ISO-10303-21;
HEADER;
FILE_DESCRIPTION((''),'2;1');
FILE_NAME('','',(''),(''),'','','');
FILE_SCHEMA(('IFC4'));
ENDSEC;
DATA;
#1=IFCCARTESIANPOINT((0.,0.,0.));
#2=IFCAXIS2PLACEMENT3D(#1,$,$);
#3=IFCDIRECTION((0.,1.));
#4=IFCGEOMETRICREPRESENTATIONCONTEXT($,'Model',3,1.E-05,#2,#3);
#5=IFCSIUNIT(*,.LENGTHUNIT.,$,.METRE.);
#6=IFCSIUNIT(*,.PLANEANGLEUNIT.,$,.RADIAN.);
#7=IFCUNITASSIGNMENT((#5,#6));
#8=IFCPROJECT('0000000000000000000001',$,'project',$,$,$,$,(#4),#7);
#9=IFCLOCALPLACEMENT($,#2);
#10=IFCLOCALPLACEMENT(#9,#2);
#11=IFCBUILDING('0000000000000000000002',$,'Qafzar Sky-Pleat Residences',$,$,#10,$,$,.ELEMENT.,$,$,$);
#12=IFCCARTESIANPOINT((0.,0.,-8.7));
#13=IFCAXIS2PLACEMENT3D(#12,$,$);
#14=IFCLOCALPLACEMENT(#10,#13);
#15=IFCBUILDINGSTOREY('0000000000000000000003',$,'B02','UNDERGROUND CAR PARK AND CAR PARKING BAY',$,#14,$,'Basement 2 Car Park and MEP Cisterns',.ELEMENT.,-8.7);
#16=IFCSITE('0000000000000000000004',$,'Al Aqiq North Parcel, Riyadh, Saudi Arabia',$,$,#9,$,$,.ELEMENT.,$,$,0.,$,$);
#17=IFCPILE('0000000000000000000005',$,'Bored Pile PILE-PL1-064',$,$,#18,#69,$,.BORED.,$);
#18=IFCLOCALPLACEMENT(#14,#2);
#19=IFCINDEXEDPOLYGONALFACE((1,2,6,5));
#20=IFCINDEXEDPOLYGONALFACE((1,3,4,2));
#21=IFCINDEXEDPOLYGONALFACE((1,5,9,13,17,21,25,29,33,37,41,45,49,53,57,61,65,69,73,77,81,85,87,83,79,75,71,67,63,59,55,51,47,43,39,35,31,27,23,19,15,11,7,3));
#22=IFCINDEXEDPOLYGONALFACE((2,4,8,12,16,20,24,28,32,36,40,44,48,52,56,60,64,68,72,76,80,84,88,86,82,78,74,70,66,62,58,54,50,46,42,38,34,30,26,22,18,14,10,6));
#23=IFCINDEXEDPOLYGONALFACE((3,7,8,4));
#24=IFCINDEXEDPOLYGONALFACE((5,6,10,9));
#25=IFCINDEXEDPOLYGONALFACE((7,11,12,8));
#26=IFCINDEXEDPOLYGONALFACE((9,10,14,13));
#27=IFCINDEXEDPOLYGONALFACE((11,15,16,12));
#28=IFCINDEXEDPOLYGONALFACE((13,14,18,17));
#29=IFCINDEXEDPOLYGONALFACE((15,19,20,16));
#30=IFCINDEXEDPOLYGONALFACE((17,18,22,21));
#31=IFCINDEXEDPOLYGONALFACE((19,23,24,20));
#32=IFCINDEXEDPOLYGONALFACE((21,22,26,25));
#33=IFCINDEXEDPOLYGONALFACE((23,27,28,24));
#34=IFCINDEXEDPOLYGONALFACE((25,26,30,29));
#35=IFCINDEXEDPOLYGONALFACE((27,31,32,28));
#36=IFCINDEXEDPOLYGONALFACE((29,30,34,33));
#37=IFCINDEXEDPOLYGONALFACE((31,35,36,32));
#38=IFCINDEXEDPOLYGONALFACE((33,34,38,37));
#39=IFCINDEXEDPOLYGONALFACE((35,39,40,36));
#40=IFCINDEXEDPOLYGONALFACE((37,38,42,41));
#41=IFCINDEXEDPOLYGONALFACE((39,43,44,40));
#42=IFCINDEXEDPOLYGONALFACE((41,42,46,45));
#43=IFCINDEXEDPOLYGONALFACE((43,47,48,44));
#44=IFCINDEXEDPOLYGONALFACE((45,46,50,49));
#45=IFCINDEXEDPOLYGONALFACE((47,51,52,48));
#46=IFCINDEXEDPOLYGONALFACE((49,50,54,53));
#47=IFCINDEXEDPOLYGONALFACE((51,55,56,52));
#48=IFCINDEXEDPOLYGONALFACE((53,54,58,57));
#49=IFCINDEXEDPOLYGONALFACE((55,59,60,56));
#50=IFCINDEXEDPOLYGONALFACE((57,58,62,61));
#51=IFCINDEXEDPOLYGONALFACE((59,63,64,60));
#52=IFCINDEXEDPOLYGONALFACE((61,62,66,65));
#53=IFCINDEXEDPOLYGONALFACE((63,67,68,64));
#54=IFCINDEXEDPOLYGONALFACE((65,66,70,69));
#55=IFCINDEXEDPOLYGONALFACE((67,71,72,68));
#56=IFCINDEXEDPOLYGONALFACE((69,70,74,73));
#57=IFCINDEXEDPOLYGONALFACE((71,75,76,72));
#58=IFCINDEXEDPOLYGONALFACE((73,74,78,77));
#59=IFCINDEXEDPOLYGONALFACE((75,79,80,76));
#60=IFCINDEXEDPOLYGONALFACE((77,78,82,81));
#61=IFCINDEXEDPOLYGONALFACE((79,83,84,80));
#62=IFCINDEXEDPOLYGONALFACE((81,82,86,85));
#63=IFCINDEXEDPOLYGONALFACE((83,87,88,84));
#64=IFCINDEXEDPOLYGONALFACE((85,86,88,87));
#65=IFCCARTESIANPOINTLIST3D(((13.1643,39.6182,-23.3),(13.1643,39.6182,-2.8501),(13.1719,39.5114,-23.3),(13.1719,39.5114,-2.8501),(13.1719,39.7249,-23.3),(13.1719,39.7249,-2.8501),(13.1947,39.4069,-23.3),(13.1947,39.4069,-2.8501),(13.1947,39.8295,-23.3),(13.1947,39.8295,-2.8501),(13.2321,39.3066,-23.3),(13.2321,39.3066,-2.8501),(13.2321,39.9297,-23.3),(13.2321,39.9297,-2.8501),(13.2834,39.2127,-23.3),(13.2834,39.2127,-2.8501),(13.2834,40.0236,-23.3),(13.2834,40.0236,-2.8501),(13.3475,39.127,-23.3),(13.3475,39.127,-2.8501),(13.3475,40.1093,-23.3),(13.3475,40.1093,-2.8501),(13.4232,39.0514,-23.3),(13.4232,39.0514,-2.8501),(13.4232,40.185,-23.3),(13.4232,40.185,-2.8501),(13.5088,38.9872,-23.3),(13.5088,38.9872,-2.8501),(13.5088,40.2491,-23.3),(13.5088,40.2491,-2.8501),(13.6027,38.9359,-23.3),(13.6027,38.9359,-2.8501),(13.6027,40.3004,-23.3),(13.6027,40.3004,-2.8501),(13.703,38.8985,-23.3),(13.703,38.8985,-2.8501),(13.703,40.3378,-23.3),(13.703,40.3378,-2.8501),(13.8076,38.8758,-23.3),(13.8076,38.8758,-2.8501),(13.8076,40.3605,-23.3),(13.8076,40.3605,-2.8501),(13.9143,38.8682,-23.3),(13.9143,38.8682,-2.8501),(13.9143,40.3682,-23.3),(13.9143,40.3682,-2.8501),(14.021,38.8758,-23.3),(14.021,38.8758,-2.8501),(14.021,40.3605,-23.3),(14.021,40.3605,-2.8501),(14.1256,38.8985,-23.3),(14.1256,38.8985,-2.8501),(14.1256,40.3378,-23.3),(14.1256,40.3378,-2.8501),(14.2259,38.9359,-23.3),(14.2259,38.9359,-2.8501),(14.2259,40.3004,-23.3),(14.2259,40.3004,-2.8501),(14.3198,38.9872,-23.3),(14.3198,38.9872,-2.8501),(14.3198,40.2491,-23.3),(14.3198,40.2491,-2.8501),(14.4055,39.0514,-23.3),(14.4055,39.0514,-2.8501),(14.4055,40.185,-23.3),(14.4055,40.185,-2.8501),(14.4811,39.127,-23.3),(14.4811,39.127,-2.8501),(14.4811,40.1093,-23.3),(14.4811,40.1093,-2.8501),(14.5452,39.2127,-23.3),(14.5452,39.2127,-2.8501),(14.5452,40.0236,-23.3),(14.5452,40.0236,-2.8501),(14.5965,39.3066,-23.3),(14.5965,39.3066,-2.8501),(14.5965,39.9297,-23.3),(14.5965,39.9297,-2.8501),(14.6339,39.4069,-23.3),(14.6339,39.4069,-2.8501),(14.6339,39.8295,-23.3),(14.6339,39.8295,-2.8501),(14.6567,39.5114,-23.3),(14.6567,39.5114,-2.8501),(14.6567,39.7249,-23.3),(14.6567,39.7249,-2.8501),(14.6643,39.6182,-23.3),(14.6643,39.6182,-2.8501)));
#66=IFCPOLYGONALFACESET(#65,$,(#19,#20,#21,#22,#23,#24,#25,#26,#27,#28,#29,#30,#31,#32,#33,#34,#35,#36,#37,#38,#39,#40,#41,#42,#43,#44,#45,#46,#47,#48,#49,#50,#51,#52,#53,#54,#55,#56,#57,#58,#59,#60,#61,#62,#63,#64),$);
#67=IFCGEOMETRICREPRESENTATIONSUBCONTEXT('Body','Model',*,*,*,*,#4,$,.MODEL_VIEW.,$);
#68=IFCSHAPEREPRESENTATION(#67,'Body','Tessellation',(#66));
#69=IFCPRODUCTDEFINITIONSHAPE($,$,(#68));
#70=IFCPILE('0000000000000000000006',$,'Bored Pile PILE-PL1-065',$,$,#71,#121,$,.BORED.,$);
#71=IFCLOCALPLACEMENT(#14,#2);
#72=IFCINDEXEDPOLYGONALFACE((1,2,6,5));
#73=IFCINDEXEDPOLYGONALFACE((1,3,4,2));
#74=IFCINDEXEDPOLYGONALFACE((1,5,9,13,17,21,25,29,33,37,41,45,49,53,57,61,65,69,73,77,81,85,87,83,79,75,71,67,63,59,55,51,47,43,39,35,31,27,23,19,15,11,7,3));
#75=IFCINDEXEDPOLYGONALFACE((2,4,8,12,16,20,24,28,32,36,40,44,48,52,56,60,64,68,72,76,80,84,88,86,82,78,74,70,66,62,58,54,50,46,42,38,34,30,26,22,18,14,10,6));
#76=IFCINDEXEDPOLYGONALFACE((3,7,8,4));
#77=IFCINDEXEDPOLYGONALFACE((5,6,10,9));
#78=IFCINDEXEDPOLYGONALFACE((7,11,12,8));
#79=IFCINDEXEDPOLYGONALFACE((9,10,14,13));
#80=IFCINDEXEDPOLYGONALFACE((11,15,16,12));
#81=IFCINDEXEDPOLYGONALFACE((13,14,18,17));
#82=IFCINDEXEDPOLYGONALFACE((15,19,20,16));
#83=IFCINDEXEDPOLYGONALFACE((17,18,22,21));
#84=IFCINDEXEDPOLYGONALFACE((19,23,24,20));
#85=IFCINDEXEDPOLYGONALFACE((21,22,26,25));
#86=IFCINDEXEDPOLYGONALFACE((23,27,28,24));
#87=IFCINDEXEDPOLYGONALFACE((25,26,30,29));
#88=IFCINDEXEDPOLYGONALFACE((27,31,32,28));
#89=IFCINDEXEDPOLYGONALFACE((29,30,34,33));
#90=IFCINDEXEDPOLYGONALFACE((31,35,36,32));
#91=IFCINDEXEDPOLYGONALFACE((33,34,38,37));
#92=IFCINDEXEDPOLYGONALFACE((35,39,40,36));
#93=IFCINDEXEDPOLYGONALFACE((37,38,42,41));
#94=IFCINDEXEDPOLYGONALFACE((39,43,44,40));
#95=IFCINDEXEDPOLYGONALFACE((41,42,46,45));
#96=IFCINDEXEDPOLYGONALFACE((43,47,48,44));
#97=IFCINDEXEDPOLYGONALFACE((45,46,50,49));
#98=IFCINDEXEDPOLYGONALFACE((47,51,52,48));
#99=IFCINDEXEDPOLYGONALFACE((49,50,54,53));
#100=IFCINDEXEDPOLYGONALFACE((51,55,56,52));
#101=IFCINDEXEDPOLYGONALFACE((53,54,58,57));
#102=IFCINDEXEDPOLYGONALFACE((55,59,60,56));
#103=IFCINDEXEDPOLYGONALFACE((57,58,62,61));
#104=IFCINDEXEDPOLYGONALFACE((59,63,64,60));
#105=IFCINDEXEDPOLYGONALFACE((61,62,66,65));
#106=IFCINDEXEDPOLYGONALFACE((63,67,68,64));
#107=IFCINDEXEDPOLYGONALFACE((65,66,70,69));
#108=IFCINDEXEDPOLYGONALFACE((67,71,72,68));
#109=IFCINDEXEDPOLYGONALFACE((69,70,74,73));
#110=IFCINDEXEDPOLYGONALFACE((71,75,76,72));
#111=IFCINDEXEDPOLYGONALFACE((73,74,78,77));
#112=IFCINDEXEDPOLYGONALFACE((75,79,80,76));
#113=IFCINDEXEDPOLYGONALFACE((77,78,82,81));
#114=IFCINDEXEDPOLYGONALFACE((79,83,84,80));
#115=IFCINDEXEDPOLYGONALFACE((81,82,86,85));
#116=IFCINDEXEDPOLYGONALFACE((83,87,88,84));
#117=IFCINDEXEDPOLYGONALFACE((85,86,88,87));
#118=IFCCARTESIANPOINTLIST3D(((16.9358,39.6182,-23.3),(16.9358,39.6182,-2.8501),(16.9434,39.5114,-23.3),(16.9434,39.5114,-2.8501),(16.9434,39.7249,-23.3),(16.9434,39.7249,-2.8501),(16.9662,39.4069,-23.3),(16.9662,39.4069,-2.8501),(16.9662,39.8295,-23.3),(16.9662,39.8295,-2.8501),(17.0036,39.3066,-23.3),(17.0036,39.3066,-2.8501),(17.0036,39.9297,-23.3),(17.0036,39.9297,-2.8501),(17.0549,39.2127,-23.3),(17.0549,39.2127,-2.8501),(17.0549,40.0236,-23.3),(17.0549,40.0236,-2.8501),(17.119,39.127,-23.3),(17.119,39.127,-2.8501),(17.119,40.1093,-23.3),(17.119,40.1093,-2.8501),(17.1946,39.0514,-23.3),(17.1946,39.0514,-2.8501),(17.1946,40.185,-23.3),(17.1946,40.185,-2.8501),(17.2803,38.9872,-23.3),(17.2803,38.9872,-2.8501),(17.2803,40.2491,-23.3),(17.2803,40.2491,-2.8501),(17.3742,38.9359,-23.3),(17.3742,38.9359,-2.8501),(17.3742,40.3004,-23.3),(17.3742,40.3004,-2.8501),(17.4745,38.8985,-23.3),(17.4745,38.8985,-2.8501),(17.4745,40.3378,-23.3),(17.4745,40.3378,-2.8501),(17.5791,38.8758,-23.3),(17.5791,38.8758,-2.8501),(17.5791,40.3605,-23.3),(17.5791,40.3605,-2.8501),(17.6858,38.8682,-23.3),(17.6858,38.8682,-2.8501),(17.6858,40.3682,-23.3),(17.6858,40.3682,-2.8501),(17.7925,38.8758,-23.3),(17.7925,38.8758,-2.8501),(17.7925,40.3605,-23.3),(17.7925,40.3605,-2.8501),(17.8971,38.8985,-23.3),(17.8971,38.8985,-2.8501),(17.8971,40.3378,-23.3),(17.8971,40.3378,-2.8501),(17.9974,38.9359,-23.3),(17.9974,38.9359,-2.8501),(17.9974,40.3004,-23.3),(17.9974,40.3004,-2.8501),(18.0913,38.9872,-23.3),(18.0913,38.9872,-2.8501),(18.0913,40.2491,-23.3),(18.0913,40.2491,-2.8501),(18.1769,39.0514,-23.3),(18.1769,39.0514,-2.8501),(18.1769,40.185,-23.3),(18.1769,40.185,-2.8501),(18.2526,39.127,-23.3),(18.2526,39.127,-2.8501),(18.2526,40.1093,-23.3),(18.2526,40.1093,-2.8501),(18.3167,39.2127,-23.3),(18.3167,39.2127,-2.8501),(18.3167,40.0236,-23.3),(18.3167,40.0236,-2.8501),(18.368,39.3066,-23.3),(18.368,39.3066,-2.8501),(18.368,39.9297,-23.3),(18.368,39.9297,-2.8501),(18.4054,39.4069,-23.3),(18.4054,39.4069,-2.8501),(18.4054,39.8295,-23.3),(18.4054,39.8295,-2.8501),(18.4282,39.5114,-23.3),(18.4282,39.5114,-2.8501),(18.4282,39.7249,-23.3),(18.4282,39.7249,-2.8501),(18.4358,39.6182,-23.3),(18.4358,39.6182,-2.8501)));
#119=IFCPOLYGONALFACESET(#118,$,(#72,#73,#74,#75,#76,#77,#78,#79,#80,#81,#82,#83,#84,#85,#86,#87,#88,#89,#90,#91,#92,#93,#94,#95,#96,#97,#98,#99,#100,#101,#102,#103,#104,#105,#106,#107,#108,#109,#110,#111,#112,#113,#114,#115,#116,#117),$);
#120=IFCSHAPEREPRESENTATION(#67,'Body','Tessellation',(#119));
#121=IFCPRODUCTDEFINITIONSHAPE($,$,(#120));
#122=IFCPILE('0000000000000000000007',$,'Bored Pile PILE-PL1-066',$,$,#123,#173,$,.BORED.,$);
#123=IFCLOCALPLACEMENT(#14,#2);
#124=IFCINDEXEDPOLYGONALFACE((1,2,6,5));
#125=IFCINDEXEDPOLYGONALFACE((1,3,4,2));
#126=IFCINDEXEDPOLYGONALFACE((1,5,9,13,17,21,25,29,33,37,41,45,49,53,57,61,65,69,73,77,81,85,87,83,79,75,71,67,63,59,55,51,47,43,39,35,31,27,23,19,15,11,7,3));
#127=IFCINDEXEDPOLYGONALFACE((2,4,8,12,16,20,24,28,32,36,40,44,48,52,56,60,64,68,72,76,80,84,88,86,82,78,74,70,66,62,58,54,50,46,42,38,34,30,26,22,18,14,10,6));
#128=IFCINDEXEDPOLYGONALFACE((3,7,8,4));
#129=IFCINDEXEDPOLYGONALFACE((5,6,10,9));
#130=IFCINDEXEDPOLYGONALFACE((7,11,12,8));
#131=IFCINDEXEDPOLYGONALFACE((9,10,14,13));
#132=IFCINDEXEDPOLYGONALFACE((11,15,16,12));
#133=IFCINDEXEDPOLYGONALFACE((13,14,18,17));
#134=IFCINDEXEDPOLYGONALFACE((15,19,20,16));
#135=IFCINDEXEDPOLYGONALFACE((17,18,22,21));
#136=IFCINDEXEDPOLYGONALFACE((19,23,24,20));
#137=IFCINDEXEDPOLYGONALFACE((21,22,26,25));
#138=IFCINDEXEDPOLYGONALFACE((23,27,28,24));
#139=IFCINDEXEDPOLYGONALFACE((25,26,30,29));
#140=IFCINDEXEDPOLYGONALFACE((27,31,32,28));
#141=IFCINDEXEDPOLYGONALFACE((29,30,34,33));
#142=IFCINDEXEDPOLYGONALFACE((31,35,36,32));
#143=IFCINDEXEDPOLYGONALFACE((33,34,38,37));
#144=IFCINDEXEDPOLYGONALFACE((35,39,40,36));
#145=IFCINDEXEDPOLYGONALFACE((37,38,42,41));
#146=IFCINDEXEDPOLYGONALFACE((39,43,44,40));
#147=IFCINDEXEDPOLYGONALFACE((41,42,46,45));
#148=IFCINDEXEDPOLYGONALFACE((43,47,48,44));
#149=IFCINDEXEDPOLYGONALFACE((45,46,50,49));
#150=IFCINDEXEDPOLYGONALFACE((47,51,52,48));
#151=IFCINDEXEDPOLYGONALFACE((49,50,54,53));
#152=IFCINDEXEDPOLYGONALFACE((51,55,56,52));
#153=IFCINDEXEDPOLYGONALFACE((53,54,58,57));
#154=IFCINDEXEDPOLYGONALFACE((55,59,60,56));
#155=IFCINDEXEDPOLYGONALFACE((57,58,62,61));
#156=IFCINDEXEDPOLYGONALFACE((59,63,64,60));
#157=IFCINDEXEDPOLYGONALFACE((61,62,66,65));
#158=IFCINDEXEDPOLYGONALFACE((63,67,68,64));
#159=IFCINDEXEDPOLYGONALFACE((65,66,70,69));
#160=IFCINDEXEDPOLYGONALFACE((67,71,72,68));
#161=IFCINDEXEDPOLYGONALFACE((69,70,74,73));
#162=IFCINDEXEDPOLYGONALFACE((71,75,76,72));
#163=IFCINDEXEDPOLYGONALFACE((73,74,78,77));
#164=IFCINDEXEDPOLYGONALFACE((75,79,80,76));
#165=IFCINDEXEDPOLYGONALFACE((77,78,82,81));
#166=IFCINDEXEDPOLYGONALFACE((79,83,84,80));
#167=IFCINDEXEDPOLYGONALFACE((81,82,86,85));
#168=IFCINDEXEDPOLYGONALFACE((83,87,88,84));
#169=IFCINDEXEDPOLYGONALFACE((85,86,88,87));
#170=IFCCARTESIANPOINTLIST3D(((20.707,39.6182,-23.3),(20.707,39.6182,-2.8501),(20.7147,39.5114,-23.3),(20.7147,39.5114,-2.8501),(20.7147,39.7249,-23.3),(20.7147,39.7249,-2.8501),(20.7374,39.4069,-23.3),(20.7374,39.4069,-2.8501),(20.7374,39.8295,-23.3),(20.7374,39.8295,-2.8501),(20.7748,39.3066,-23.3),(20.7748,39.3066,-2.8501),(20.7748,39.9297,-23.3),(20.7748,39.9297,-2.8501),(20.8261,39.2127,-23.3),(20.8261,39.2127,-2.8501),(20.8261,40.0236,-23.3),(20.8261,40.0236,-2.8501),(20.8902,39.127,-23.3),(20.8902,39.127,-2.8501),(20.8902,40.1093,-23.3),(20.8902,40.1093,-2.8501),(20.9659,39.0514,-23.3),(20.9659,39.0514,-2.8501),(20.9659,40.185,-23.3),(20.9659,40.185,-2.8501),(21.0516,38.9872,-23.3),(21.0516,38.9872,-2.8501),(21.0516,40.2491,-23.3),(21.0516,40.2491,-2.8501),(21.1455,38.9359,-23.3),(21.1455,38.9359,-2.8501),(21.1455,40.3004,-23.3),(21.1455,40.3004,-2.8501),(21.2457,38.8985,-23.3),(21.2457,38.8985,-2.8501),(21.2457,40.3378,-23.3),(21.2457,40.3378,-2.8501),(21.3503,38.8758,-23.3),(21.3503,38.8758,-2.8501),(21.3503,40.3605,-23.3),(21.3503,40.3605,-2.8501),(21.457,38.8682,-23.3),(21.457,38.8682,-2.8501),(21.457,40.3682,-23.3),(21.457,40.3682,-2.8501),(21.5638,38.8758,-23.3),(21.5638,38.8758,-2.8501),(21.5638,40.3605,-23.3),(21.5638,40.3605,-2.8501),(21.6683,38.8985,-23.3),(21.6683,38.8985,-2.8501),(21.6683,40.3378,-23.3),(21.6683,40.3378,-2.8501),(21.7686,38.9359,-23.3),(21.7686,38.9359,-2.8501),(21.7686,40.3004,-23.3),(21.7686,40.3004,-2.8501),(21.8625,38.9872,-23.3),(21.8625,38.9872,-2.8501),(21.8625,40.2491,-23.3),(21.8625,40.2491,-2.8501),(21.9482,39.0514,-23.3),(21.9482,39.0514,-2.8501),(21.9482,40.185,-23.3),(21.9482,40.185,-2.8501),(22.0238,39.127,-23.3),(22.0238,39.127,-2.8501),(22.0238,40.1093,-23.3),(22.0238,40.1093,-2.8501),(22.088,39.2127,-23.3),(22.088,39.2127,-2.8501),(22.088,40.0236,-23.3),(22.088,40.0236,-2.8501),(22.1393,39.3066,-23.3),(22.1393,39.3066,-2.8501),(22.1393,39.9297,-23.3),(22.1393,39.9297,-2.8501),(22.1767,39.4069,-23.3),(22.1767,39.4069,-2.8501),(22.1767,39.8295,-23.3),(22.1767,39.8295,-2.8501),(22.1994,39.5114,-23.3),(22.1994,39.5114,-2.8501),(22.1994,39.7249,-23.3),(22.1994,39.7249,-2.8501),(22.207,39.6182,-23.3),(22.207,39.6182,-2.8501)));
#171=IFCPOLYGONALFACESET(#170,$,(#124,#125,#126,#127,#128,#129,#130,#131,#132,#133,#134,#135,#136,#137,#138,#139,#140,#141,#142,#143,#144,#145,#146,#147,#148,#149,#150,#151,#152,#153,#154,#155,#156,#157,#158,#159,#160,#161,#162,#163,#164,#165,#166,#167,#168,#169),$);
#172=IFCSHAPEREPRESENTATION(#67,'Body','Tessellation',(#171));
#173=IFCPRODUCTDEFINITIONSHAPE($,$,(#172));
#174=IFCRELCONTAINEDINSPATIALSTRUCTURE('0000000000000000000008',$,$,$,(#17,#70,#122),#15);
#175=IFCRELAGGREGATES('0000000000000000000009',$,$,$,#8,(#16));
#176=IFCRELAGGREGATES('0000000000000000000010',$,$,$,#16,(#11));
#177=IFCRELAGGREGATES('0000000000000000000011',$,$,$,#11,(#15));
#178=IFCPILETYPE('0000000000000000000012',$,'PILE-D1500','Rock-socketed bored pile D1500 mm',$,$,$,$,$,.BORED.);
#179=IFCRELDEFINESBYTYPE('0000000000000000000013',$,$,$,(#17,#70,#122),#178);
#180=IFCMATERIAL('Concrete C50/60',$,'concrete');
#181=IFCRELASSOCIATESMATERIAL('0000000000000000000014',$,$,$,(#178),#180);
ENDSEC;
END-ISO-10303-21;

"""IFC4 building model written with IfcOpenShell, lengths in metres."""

from ifc_helpers import new_model, si_unit, direction, frame, origin, origin_2d, place, context, subcontext, project, spatial, circle, extrude, source, transform, mapped, material, material_profile, profile_set, type_object, element, save


model = new_model("IFC4")

# Units and contexts
model_context = context("Model", 3, precision=1e-05, world=origin(), true_north=direction((0.0, 1.0)))
body_context = subcontext(model_context, "Body", "Model", "MODEL_VIEW")
ifc_project = project(units=[si_unit("LENGTHUNIT", "METRE"), si_unit("PLANEANGLEUNIT", "RADIAN")], contexts=[model_context])

# Site, building, storey
site_placement = place(None, origin())
site = spatial("IfcSite", under=ifc_project, at=site_placement, Name="Al Aqiq North Parcel, Riyadh, Saudi Arabia", CompositionType="ELEMENT", RefElevation=0.0)
building_placement = place(site_placement, origin())
building = spatial("IfcBuilding", under=site, at=building_placement, Name="Qafzar Sky-Pleat Residences", CompositionType="ELEMENT")
storey_placement = place(building_placement, frame((0.0, 0.0, -8.7)))
storey = spatial("IfcBuildingStorey", under=building, at=storey_placement, Name="B02", Description="UNDERGROUND CAR PARK AND CAR PARKING BAY", LongName="Basement 2 Car Park and MEP Cisterns", CompositionType="ELEMENT", Elevation=-8.7)

# Piles
ifc_material_1 = material(Name="Concrete C50/60", Category="concrete")
ifc_material_profile_1 = material_profile(ifc_material_1, circle(Radius=0.75, at=origin_2d()), Name="PILE D1500")
ifc_profile_set_1 = profile_set([ifc_material_profile_1], Name="Concrete C50/60")
pile_type_1 = type_object("IfcPileType", Name="PILE-D1500", Description="Rock-socketed bored pile D1500 mm", PredefinedType="BORED", material=ifc_profile_set_1)
shared_shape_1 = source(origin(), body_context, "Body", "SweptSolid", [
    extrude(circle(Radius=0.75, at=origin_2d()), origin(), (0.0, 0.0, 1.0), 20.45),
])
for number, where, z_axis, x_axis, name in (
    (1, (13.9143, 39.6182, -2.8501), (0.0, 0.0, -1.0), (1.0, 0.0, 0.0), "Bored Pile PILE-PL1-064"),
    (2, (17.6858, 39.6182, -2.8501), (0.0, 0.0, -1.0), (1.0, 0.0, 0.0), "Bored Pile PILE-PL1-065"),
    (3, (21.457, 39.6182, -2.8501), (0.0, 0.0, -1.0), (1.0, 0.0, 0.0), "Bored Pile PILE-PL1-066"),
):
    element("IfcPile", number, at=place(storey_placement, frame(where, z_axis=z_axis, x_axis=x_axis)), inside=storey, type_object=pile_type_1, Name=name, PredefinedType="BORED", context=body_context, shape_type="MappedRepresentation", body=[
        mapped(shared_shape_1, transform((0.0, 0.0, 0.0), x_axis=(1.0, 0.0, 0.0), y_axis=(0.0, 1.0, 0.0), z_axis=(0.0, 0.0, 1.0), scale=1.0)),
    ])

save(model, "model.ifc")
